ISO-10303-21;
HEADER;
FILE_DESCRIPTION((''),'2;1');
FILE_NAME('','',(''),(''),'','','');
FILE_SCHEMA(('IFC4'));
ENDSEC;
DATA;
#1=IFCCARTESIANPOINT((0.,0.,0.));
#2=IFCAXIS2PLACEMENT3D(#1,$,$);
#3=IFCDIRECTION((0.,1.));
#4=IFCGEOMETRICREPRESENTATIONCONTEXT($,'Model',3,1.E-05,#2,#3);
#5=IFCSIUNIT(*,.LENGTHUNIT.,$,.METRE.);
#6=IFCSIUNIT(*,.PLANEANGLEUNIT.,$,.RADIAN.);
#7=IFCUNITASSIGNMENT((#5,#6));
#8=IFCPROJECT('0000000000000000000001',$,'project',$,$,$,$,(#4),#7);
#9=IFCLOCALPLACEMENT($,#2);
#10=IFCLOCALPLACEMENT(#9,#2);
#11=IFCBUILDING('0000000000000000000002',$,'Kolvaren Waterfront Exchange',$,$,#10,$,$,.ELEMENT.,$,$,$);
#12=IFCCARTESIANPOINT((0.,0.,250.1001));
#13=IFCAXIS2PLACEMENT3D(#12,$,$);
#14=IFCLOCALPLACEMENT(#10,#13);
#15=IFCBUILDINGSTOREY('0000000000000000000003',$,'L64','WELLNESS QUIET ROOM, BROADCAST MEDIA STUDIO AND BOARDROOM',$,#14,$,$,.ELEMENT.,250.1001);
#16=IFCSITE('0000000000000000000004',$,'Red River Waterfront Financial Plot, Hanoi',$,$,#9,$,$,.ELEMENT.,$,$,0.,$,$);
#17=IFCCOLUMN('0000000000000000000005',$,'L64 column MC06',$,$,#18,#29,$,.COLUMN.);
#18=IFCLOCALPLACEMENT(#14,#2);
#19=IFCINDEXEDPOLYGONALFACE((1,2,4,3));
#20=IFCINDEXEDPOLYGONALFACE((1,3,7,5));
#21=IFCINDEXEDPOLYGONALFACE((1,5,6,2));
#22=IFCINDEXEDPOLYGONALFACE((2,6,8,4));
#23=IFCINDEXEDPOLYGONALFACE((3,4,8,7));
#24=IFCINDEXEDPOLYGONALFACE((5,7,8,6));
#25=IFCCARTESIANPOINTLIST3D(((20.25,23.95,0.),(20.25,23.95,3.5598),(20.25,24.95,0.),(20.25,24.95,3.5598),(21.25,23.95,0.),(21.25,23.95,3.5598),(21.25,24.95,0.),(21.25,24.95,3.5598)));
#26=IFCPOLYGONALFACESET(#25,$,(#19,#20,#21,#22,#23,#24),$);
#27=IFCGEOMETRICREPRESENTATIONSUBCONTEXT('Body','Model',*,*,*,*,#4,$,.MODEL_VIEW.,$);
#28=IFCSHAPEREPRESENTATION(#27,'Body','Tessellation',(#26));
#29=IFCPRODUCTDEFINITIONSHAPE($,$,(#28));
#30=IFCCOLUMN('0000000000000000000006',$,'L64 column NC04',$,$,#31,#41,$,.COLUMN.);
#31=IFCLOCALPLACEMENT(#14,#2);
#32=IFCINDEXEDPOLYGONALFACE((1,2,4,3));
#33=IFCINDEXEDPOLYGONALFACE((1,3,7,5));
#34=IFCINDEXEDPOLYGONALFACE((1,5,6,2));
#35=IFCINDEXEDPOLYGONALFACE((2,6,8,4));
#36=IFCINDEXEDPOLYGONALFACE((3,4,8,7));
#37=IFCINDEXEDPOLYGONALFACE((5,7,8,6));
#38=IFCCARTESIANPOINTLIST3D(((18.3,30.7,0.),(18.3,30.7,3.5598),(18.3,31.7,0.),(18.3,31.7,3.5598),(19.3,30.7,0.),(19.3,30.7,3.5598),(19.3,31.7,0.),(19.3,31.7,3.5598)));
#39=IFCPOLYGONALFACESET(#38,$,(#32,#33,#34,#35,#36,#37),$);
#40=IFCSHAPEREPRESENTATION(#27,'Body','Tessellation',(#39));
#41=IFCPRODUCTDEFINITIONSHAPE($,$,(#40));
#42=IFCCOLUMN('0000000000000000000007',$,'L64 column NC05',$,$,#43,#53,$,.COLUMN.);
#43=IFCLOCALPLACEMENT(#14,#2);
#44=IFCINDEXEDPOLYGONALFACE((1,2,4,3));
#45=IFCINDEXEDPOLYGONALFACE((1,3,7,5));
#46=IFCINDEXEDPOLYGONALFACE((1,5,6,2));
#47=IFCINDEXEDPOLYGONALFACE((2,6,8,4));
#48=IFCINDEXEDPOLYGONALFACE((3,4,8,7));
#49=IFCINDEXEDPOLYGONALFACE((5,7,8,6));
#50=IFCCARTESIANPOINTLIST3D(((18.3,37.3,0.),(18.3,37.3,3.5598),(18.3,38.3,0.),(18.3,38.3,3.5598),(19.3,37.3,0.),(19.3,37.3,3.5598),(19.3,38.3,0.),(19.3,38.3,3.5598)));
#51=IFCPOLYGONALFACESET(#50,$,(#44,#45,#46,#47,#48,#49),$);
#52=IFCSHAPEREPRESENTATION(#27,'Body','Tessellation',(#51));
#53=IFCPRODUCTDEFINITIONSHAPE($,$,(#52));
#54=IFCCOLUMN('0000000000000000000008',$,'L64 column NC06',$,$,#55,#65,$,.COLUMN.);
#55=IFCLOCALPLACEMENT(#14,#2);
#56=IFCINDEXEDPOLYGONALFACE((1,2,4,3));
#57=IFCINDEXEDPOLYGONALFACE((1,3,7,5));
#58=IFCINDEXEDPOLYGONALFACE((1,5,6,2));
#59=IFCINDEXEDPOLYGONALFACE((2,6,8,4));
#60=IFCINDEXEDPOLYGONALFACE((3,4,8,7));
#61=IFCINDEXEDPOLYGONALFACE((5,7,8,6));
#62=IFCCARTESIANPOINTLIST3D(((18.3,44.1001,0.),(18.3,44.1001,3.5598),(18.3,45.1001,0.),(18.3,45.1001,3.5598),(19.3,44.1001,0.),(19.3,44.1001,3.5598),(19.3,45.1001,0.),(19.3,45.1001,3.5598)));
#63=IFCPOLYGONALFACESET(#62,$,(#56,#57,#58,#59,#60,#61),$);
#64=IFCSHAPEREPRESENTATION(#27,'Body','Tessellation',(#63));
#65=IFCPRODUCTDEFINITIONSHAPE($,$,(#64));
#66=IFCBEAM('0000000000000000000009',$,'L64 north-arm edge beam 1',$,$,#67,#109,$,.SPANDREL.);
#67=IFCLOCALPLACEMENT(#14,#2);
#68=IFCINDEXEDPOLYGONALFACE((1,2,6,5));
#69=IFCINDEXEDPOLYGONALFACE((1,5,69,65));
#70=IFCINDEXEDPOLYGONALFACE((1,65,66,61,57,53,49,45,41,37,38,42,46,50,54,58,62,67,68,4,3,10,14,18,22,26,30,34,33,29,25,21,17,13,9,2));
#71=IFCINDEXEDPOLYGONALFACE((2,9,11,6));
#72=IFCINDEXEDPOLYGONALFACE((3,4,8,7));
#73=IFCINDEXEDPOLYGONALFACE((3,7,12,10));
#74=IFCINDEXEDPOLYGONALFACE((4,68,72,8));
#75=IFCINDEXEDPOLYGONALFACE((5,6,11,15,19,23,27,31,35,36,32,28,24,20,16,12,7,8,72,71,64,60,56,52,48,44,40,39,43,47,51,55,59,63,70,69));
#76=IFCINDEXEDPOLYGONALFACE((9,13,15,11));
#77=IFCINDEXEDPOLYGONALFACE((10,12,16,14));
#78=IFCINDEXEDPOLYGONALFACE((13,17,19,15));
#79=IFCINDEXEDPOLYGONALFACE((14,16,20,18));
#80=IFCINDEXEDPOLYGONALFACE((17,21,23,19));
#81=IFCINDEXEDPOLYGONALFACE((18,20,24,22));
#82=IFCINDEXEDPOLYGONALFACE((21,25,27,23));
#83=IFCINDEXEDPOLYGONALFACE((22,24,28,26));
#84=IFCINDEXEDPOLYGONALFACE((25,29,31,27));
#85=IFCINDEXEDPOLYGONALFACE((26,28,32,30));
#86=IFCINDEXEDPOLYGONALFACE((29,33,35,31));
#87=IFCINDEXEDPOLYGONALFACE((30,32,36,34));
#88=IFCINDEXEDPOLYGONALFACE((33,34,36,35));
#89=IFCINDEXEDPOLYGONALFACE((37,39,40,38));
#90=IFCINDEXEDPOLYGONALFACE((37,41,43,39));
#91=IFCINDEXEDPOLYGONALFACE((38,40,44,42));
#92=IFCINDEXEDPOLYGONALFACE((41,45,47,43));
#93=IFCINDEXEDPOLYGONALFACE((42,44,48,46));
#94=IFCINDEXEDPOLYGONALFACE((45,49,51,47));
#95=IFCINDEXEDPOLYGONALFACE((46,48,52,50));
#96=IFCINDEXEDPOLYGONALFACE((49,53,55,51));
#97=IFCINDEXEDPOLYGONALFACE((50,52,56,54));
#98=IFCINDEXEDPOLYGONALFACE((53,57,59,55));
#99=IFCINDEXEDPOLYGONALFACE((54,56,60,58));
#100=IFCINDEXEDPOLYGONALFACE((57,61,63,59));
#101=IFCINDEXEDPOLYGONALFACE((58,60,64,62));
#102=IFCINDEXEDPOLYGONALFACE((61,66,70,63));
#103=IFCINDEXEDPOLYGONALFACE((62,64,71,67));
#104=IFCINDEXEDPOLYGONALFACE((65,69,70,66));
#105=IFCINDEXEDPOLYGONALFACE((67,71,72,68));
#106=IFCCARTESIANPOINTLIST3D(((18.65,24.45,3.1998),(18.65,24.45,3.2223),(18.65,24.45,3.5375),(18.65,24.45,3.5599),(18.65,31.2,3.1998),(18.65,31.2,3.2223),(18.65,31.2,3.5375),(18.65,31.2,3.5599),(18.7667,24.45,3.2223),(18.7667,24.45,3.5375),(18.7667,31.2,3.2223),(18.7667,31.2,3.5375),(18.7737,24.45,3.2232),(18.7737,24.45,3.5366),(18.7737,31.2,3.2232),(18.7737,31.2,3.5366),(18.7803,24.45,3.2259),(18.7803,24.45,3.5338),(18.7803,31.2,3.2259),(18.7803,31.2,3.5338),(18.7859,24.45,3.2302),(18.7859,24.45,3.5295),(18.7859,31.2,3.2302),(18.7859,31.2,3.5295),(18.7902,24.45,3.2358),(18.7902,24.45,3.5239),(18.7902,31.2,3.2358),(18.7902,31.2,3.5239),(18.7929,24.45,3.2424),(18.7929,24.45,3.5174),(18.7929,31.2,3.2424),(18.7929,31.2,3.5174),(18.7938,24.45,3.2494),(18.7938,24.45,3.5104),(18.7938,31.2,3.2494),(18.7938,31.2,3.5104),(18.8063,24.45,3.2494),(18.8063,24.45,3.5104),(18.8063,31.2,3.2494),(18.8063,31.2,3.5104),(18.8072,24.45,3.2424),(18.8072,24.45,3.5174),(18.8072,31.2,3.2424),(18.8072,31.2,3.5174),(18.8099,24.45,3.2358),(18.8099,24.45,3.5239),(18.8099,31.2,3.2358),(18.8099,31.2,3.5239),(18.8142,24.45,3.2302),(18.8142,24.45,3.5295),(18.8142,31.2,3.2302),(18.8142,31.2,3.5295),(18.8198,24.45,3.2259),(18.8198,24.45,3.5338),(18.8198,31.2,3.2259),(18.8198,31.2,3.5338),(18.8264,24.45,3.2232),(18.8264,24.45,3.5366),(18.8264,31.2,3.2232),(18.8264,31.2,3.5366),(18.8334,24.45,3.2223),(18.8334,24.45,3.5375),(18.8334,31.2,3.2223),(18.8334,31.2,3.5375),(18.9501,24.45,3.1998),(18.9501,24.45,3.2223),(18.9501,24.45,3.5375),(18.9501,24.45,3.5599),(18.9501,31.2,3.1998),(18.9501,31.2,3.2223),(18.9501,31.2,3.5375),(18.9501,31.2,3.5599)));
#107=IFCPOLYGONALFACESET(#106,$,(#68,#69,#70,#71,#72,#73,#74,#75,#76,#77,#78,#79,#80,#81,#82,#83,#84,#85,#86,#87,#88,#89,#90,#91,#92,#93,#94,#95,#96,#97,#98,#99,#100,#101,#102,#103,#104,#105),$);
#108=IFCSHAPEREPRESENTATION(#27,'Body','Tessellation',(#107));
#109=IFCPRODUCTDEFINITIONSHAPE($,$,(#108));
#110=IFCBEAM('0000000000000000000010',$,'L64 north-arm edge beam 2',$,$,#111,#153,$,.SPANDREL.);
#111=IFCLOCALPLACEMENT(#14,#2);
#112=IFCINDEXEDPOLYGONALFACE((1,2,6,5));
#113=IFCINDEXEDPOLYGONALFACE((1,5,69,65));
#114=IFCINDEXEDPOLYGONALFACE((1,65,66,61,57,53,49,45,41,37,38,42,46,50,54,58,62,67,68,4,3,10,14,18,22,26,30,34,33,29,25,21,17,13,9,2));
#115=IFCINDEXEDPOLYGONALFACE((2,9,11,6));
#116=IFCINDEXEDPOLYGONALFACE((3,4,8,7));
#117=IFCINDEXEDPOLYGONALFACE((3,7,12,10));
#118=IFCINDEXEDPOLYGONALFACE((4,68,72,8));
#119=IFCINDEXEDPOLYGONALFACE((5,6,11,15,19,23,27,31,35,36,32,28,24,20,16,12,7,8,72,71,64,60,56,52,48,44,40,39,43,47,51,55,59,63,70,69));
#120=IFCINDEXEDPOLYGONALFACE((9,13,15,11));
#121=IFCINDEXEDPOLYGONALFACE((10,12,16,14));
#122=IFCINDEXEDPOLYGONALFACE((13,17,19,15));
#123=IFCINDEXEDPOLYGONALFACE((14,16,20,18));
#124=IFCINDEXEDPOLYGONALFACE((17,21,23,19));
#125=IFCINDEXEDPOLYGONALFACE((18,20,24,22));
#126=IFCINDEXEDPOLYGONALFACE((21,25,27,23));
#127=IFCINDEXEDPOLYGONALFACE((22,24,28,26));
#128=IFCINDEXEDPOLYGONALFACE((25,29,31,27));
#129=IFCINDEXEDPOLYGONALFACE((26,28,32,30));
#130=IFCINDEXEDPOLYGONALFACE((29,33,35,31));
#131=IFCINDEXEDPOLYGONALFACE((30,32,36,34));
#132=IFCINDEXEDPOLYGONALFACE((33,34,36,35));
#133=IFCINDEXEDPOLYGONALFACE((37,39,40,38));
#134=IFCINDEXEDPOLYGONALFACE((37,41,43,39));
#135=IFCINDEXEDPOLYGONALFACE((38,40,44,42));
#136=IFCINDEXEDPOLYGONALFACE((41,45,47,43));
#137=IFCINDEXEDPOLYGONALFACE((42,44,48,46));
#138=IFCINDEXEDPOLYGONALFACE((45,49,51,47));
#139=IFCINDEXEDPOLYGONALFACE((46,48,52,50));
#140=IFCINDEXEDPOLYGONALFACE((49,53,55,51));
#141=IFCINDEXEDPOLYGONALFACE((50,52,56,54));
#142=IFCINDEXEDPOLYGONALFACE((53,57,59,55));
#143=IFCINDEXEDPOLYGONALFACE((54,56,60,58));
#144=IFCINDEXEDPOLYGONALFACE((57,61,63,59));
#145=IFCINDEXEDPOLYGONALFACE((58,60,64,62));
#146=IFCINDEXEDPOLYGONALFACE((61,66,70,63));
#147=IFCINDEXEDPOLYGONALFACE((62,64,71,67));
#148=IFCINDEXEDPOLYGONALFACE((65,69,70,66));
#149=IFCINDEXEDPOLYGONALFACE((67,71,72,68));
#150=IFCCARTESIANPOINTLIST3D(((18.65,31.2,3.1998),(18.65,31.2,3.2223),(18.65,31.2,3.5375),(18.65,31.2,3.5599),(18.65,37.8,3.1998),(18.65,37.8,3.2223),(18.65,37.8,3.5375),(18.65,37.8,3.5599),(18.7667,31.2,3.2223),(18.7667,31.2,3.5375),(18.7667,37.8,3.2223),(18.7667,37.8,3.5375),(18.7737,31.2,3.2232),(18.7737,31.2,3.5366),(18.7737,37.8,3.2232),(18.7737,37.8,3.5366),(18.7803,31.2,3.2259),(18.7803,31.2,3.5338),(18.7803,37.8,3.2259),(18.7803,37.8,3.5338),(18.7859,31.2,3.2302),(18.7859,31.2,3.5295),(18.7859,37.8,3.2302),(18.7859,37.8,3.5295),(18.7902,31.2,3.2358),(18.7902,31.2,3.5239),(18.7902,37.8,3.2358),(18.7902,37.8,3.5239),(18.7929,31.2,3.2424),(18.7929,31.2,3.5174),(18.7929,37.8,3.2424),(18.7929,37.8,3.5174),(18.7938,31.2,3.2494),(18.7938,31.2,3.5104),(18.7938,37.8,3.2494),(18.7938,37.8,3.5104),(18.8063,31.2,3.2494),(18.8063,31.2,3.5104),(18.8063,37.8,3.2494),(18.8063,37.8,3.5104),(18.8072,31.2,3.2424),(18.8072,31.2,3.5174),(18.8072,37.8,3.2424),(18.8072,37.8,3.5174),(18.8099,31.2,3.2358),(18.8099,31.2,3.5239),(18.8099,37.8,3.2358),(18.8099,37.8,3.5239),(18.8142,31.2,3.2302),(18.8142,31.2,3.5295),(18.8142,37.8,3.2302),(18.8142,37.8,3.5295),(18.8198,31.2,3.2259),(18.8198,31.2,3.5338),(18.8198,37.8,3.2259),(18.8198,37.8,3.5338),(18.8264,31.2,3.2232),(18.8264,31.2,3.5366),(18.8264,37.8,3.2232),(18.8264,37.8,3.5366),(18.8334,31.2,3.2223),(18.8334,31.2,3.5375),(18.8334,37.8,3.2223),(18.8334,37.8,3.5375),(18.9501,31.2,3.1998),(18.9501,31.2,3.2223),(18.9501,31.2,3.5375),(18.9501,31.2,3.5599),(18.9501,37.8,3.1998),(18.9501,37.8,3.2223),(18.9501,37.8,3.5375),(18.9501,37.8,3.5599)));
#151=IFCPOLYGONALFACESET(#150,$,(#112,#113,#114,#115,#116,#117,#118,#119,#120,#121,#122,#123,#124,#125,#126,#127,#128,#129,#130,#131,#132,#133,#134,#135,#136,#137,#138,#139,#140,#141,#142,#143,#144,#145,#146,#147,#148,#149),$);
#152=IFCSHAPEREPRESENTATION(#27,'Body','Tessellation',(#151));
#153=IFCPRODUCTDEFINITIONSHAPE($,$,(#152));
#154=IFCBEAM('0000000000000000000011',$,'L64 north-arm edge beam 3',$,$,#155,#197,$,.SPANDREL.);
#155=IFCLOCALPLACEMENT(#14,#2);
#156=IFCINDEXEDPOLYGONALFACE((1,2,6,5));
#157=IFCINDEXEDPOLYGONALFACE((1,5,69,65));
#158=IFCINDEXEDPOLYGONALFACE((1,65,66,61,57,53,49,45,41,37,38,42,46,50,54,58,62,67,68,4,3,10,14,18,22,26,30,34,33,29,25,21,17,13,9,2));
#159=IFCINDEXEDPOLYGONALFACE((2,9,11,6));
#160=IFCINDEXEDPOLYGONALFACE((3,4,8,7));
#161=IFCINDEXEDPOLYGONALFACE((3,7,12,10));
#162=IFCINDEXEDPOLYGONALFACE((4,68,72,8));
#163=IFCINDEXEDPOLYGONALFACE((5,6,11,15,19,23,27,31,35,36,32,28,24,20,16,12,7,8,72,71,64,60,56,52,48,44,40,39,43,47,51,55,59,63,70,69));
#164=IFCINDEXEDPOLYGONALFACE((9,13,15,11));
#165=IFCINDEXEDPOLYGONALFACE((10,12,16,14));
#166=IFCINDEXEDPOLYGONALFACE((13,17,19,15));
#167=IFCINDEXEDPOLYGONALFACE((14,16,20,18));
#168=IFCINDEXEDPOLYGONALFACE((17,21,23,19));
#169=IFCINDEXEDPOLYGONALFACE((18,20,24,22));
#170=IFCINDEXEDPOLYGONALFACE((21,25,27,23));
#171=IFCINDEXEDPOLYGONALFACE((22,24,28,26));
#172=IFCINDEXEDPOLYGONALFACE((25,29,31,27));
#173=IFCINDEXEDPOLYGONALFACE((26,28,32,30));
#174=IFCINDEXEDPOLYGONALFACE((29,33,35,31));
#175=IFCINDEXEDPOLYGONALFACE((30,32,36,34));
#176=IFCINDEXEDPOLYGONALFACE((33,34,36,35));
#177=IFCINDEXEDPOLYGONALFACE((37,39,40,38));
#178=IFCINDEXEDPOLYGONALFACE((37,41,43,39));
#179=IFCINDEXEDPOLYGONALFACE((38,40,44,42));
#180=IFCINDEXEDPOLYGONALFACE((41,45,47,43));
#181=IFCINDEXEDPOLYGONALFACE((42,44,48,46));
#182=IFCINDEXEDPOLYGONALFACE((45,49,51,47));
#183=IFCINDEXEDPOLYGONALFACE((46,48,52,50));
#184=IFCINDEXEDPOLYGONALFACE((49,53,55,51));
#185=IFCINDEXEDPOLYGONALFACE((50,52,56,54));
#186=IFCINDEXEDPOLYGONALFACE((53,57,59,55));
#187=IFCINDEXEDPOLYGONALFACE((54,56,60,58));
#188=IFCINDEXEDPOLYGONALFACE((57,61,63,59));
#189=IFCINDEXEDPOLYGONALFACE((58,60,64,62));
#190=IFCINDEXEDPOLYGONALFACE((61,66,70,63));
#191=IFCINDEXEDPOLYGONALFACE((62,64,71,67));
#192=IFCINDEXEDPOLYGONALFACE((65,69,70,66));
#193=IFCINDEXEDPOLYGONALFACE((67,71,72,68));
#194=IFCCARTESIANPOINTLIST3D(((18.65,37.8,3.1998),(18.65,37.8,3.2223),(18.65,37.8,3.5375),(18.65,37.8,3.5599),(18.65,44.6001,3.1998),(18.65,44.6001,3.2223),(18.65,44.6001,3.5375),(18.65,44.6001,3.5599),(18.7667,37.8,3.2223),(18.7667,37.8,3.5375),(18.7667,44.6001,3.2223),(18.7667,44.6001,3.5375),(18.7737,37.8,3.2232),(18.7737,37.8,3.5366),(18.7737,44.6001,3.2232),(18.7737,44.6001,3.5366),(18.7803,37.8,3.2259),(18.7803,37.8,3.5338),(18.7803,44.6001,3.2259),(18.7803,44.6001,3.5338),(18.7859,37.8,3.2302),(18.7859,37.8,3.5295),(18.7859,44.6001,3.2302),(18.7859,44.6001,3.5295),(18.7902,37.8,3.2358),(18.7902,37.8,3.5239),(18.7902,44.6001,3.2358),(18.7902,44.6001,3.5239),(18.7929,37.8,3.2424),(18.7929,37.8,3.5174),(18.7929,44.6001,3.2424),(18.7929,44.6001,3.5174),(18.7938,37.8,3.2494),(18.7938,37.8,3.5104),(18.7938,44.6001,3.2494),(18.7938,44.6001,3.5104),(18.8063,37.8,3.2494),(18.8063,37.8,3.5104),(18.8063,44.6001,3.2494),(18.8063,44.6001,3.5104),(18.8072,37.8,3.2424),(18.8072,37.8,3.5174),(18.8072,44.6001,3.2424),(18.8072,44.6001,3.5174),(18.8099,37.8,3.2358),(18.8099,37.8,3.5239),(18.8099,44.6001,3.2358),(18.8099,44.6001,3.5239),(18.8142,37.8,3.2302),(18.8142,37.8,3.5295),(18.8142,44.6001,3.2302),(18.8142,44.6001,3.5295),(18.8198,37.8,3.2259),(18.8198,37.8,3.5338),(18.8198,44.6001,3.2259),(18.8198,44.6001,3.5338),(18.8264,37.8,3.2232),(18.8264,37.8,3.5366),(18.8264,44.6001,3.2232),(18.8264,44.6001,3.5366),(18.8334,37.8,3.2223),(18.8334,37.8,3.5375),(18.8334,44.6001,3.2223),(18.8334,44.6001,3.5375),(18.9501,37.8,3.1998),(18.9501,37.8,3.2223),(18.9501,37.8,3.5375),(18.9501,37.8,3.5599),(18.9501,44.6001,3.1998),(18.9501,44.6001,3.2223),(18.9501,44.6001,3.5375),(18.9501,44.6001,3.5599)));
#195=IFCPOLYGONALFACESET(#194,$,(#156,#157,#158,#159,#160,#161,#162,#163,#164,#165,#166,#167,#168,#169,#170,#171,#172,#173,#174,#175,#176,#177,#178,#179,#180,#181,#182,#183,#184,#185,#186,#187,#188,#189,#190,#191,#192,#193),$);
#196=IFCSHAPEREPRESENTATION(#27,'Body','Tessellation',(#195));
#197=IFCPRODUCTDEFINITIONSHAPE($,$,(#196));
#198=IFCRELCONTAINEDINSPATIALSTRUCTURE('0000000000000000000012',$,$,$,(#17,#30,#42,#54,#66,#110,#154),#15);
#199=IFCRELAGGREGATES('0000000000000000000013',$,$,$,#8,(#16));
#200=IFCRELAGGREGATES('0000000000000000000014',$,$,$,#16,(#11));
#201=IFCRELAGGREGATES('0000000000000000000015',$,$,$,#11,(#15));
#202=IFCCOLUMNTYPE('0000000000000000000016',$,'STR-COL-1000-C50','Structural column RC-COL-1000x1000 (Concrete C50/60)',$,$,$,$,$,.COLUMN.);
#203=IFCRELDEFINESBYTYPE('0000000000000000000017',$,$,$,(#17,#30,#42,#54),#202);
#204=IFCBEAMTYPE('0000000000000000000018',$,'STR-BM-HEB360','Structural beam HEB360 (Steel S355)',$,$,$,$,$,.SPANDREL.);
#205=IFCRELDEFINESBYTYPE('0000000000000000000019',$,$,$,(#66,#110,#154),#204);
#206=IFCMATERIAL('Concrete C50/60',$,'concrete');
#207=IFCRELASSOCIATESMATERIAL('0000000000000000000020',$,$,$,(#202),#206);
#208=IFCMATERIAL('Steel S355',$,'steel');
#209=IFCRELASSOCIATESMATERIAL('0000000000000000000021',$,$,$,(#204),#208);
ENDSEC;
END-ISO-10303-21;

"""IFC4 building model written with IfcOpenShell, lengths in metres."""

from ifc_helpers import new_model, si_unit, direction, frame, origin, origin_2d, place, context, subcontext, project, spatial, rectangle, i_section, extrude, material, material_profile, profile_set, type_object, element, save


model = new_model("IFC4")

# Units and contexts
model_context = context("Model", 3, precision=1e-05, world=origin(), true_north=direction((0.0, 1.0)))
body_context = subcontext(model_context, "Body", "Model", "MODEL_VIEW")
ifc_project = project(units=[si_unit("LENGTHUNIT", "METRE"), si_unit("PLANEANGLEUNIT", "RADIAN")], contexts=[model_context])

# Site, building, storey
site_placement = place(None, origin())
site = spatial("IfcSite", under=ifc_project, at=site_placement, Name="Red River Waterfront Financial Plot, Hanoi", CompositionType="ELEMENT", RefElevation=0.0)
building_placement = place(site_placement, origin())
building = spatial("IfcBuilding", under=site, at=building_placement, Name="Kolvaren Waterfront Exchange", CompositionType="ELEMENT")
storey_placement = place(building_placement, frame((0.0, 0.0, 250.1001)))
storey = spatial("IfcBuildingStorey", under=building, at=storey_placement, Name="L64", Description="WELLNESS QUIET ROOM, BROADCAST MEDIA STUDIO AND BOARDROOM", CompositionType="ELEMENT", Elevation=250.1001)

# Columns
ifc_material_1 = material(Name="Concrete C50/60", Category="concrete")
ifc_material_profile_1 = material_profile(ifc_material_1, rectangle(XDim=1.0, YDim=1.0, at=origin_2d()), Name="RC-COL-1000x1000")
ifc_profile_set_1 = profile_set([ifc_material_profile_1], Name="Concrete C50/60")
column_type = type_object("IfcColumnType", Name="STR-COL-1000-C50", Description="Structural column RC-COL-1000x1000 (Concrete C50/60)", PredefinedType="COLUMN", material=ifc_profile_set_1)
for number, where, z_axis, x_axis, name in (
    (1, (20.75, 24.45, 0.0), (0.0, 0.0, 1.0), (1.0, 0.0, 0.0), "L64 column MC06"),
    (2, (18.8, 31.2, 0.0), (0.0, 0.0, 1.0), (1.0, 0.0, 0.0), "L64 column NC04"),
    (3, (18.8, 37.8, 0.0), (0.0, 0.0, 1.0), (1.0, 0.0, 0.0), "L64 column NC05"),
    (4, (18.8, 44.6001, 0.0), (0.0, 0.0, 1.0), (1.0, 0.0, 0.0), "L64 column NC06"),
):
    element("IfcColumn", number, at=place(storey_placement, frame(where, z_axis=z_axis, x_axis=x_axis)), inside=storey, type_object=column_type, Name=name, PredefinedType="COLUMN", context=body_context, shape_type="SweptSolid", body=[
        extrude(rectangle(XDim=1.0, YDim=1.0, at=origin_2d()), origin(), (0.0, 0.0, 1.0), 3.5598),
    ])

# Beams
ifc_material_2 = material(Name="Steel S355", Category="steel")
ifc_material_profile_2 = material_profile(ifc_material_2, i_section(OverallWidth=0.3, OverallDepth=0.3601, WebThickness=0.0125, FlangeThickness=0.0225, FilletRadius=0.0271, at=origin_2d()), Name="HEB360")
ifc_profile_set_2 = profile_set([ifc_material_profile_2], Name="Steel S355")
beam_type = type_object("IfcBeamType", Name="STR-BM-HEB360", Description="Structural beam HEB360 (Steel S355)", PredefinedType="SPANDREL", material=ifc_profile_set_2)
beam_1_placement = place(storey_placement, frame((18.8, 24.45, 3.3799), z_axis=(0.0, 1.0, 0.0), x_axis=(-1.0, 0.0, 0.0)))
element("IfcBeam", 5, at=beam_1_placement, inside=storey, type_object=beam_type, Name="L64 north-arm edge beam 1", PredefinedType="SPANDREL", context=body_context, shape_type="SweptSolid", body=[
    extrude(i_section(OverallWidth=0.3, OverallDepth=0.3601, WebThickness=0.0125, FlangeThickness=0.0225, FilletRadius=0.0271, at=origin_2d()), origin(), (0.0, 0.0, 1.0), 6.75),
])
beam_2_placement = place(storey_placement, frame((18.8, 31.2, 3.3799), z_axis=(0.0, 1.0, 0.0), x_axis=(-1.0, 0.0, 0.0)))
element("IfcBeam", 6, at=beam_2_placement, inside=storey, type_object=beam_type, Name="L64 north-arm edge beam 2", PredefinedType="SPANDREL", context=body_context, shape_type="SweptSolid", body=[
    extrude(i_section(OverallWidth=0.3, OverallDepth=0.3601, WebThickness=0.0125, FlangeThickness=0.0225, FilletRadius=0.0271, at=origin_2d()), origin(), (0.0, 0.0, 1.0), 6.6001),
])
beam_3_placement = place(storey_placement, frame((18.8, 37.8, 3.3799), z_axis=(0.0, 1.0, 0.0), x_axis=(-1.0, 0.0, 0.0)))
element("IfcBeam", 7, at=beam_3_placement, inside=storey, type_object=beam_type, Name="L64 north-arm edge beam 3", PredefinedType="SPANDREL", context=body_context, shape_type="SweptSolid", body=[
    extrude(i_section(OverallWidth=0.3, OverallDepth=0.3601, WebThickness=0.0125, FlangeThickness=0.0225, FilletRadius=0.0271, at=origin_2d()), origin(), (0.0, 0.0, 1.0), 6.8),
])

save(model, "model.ifc")
